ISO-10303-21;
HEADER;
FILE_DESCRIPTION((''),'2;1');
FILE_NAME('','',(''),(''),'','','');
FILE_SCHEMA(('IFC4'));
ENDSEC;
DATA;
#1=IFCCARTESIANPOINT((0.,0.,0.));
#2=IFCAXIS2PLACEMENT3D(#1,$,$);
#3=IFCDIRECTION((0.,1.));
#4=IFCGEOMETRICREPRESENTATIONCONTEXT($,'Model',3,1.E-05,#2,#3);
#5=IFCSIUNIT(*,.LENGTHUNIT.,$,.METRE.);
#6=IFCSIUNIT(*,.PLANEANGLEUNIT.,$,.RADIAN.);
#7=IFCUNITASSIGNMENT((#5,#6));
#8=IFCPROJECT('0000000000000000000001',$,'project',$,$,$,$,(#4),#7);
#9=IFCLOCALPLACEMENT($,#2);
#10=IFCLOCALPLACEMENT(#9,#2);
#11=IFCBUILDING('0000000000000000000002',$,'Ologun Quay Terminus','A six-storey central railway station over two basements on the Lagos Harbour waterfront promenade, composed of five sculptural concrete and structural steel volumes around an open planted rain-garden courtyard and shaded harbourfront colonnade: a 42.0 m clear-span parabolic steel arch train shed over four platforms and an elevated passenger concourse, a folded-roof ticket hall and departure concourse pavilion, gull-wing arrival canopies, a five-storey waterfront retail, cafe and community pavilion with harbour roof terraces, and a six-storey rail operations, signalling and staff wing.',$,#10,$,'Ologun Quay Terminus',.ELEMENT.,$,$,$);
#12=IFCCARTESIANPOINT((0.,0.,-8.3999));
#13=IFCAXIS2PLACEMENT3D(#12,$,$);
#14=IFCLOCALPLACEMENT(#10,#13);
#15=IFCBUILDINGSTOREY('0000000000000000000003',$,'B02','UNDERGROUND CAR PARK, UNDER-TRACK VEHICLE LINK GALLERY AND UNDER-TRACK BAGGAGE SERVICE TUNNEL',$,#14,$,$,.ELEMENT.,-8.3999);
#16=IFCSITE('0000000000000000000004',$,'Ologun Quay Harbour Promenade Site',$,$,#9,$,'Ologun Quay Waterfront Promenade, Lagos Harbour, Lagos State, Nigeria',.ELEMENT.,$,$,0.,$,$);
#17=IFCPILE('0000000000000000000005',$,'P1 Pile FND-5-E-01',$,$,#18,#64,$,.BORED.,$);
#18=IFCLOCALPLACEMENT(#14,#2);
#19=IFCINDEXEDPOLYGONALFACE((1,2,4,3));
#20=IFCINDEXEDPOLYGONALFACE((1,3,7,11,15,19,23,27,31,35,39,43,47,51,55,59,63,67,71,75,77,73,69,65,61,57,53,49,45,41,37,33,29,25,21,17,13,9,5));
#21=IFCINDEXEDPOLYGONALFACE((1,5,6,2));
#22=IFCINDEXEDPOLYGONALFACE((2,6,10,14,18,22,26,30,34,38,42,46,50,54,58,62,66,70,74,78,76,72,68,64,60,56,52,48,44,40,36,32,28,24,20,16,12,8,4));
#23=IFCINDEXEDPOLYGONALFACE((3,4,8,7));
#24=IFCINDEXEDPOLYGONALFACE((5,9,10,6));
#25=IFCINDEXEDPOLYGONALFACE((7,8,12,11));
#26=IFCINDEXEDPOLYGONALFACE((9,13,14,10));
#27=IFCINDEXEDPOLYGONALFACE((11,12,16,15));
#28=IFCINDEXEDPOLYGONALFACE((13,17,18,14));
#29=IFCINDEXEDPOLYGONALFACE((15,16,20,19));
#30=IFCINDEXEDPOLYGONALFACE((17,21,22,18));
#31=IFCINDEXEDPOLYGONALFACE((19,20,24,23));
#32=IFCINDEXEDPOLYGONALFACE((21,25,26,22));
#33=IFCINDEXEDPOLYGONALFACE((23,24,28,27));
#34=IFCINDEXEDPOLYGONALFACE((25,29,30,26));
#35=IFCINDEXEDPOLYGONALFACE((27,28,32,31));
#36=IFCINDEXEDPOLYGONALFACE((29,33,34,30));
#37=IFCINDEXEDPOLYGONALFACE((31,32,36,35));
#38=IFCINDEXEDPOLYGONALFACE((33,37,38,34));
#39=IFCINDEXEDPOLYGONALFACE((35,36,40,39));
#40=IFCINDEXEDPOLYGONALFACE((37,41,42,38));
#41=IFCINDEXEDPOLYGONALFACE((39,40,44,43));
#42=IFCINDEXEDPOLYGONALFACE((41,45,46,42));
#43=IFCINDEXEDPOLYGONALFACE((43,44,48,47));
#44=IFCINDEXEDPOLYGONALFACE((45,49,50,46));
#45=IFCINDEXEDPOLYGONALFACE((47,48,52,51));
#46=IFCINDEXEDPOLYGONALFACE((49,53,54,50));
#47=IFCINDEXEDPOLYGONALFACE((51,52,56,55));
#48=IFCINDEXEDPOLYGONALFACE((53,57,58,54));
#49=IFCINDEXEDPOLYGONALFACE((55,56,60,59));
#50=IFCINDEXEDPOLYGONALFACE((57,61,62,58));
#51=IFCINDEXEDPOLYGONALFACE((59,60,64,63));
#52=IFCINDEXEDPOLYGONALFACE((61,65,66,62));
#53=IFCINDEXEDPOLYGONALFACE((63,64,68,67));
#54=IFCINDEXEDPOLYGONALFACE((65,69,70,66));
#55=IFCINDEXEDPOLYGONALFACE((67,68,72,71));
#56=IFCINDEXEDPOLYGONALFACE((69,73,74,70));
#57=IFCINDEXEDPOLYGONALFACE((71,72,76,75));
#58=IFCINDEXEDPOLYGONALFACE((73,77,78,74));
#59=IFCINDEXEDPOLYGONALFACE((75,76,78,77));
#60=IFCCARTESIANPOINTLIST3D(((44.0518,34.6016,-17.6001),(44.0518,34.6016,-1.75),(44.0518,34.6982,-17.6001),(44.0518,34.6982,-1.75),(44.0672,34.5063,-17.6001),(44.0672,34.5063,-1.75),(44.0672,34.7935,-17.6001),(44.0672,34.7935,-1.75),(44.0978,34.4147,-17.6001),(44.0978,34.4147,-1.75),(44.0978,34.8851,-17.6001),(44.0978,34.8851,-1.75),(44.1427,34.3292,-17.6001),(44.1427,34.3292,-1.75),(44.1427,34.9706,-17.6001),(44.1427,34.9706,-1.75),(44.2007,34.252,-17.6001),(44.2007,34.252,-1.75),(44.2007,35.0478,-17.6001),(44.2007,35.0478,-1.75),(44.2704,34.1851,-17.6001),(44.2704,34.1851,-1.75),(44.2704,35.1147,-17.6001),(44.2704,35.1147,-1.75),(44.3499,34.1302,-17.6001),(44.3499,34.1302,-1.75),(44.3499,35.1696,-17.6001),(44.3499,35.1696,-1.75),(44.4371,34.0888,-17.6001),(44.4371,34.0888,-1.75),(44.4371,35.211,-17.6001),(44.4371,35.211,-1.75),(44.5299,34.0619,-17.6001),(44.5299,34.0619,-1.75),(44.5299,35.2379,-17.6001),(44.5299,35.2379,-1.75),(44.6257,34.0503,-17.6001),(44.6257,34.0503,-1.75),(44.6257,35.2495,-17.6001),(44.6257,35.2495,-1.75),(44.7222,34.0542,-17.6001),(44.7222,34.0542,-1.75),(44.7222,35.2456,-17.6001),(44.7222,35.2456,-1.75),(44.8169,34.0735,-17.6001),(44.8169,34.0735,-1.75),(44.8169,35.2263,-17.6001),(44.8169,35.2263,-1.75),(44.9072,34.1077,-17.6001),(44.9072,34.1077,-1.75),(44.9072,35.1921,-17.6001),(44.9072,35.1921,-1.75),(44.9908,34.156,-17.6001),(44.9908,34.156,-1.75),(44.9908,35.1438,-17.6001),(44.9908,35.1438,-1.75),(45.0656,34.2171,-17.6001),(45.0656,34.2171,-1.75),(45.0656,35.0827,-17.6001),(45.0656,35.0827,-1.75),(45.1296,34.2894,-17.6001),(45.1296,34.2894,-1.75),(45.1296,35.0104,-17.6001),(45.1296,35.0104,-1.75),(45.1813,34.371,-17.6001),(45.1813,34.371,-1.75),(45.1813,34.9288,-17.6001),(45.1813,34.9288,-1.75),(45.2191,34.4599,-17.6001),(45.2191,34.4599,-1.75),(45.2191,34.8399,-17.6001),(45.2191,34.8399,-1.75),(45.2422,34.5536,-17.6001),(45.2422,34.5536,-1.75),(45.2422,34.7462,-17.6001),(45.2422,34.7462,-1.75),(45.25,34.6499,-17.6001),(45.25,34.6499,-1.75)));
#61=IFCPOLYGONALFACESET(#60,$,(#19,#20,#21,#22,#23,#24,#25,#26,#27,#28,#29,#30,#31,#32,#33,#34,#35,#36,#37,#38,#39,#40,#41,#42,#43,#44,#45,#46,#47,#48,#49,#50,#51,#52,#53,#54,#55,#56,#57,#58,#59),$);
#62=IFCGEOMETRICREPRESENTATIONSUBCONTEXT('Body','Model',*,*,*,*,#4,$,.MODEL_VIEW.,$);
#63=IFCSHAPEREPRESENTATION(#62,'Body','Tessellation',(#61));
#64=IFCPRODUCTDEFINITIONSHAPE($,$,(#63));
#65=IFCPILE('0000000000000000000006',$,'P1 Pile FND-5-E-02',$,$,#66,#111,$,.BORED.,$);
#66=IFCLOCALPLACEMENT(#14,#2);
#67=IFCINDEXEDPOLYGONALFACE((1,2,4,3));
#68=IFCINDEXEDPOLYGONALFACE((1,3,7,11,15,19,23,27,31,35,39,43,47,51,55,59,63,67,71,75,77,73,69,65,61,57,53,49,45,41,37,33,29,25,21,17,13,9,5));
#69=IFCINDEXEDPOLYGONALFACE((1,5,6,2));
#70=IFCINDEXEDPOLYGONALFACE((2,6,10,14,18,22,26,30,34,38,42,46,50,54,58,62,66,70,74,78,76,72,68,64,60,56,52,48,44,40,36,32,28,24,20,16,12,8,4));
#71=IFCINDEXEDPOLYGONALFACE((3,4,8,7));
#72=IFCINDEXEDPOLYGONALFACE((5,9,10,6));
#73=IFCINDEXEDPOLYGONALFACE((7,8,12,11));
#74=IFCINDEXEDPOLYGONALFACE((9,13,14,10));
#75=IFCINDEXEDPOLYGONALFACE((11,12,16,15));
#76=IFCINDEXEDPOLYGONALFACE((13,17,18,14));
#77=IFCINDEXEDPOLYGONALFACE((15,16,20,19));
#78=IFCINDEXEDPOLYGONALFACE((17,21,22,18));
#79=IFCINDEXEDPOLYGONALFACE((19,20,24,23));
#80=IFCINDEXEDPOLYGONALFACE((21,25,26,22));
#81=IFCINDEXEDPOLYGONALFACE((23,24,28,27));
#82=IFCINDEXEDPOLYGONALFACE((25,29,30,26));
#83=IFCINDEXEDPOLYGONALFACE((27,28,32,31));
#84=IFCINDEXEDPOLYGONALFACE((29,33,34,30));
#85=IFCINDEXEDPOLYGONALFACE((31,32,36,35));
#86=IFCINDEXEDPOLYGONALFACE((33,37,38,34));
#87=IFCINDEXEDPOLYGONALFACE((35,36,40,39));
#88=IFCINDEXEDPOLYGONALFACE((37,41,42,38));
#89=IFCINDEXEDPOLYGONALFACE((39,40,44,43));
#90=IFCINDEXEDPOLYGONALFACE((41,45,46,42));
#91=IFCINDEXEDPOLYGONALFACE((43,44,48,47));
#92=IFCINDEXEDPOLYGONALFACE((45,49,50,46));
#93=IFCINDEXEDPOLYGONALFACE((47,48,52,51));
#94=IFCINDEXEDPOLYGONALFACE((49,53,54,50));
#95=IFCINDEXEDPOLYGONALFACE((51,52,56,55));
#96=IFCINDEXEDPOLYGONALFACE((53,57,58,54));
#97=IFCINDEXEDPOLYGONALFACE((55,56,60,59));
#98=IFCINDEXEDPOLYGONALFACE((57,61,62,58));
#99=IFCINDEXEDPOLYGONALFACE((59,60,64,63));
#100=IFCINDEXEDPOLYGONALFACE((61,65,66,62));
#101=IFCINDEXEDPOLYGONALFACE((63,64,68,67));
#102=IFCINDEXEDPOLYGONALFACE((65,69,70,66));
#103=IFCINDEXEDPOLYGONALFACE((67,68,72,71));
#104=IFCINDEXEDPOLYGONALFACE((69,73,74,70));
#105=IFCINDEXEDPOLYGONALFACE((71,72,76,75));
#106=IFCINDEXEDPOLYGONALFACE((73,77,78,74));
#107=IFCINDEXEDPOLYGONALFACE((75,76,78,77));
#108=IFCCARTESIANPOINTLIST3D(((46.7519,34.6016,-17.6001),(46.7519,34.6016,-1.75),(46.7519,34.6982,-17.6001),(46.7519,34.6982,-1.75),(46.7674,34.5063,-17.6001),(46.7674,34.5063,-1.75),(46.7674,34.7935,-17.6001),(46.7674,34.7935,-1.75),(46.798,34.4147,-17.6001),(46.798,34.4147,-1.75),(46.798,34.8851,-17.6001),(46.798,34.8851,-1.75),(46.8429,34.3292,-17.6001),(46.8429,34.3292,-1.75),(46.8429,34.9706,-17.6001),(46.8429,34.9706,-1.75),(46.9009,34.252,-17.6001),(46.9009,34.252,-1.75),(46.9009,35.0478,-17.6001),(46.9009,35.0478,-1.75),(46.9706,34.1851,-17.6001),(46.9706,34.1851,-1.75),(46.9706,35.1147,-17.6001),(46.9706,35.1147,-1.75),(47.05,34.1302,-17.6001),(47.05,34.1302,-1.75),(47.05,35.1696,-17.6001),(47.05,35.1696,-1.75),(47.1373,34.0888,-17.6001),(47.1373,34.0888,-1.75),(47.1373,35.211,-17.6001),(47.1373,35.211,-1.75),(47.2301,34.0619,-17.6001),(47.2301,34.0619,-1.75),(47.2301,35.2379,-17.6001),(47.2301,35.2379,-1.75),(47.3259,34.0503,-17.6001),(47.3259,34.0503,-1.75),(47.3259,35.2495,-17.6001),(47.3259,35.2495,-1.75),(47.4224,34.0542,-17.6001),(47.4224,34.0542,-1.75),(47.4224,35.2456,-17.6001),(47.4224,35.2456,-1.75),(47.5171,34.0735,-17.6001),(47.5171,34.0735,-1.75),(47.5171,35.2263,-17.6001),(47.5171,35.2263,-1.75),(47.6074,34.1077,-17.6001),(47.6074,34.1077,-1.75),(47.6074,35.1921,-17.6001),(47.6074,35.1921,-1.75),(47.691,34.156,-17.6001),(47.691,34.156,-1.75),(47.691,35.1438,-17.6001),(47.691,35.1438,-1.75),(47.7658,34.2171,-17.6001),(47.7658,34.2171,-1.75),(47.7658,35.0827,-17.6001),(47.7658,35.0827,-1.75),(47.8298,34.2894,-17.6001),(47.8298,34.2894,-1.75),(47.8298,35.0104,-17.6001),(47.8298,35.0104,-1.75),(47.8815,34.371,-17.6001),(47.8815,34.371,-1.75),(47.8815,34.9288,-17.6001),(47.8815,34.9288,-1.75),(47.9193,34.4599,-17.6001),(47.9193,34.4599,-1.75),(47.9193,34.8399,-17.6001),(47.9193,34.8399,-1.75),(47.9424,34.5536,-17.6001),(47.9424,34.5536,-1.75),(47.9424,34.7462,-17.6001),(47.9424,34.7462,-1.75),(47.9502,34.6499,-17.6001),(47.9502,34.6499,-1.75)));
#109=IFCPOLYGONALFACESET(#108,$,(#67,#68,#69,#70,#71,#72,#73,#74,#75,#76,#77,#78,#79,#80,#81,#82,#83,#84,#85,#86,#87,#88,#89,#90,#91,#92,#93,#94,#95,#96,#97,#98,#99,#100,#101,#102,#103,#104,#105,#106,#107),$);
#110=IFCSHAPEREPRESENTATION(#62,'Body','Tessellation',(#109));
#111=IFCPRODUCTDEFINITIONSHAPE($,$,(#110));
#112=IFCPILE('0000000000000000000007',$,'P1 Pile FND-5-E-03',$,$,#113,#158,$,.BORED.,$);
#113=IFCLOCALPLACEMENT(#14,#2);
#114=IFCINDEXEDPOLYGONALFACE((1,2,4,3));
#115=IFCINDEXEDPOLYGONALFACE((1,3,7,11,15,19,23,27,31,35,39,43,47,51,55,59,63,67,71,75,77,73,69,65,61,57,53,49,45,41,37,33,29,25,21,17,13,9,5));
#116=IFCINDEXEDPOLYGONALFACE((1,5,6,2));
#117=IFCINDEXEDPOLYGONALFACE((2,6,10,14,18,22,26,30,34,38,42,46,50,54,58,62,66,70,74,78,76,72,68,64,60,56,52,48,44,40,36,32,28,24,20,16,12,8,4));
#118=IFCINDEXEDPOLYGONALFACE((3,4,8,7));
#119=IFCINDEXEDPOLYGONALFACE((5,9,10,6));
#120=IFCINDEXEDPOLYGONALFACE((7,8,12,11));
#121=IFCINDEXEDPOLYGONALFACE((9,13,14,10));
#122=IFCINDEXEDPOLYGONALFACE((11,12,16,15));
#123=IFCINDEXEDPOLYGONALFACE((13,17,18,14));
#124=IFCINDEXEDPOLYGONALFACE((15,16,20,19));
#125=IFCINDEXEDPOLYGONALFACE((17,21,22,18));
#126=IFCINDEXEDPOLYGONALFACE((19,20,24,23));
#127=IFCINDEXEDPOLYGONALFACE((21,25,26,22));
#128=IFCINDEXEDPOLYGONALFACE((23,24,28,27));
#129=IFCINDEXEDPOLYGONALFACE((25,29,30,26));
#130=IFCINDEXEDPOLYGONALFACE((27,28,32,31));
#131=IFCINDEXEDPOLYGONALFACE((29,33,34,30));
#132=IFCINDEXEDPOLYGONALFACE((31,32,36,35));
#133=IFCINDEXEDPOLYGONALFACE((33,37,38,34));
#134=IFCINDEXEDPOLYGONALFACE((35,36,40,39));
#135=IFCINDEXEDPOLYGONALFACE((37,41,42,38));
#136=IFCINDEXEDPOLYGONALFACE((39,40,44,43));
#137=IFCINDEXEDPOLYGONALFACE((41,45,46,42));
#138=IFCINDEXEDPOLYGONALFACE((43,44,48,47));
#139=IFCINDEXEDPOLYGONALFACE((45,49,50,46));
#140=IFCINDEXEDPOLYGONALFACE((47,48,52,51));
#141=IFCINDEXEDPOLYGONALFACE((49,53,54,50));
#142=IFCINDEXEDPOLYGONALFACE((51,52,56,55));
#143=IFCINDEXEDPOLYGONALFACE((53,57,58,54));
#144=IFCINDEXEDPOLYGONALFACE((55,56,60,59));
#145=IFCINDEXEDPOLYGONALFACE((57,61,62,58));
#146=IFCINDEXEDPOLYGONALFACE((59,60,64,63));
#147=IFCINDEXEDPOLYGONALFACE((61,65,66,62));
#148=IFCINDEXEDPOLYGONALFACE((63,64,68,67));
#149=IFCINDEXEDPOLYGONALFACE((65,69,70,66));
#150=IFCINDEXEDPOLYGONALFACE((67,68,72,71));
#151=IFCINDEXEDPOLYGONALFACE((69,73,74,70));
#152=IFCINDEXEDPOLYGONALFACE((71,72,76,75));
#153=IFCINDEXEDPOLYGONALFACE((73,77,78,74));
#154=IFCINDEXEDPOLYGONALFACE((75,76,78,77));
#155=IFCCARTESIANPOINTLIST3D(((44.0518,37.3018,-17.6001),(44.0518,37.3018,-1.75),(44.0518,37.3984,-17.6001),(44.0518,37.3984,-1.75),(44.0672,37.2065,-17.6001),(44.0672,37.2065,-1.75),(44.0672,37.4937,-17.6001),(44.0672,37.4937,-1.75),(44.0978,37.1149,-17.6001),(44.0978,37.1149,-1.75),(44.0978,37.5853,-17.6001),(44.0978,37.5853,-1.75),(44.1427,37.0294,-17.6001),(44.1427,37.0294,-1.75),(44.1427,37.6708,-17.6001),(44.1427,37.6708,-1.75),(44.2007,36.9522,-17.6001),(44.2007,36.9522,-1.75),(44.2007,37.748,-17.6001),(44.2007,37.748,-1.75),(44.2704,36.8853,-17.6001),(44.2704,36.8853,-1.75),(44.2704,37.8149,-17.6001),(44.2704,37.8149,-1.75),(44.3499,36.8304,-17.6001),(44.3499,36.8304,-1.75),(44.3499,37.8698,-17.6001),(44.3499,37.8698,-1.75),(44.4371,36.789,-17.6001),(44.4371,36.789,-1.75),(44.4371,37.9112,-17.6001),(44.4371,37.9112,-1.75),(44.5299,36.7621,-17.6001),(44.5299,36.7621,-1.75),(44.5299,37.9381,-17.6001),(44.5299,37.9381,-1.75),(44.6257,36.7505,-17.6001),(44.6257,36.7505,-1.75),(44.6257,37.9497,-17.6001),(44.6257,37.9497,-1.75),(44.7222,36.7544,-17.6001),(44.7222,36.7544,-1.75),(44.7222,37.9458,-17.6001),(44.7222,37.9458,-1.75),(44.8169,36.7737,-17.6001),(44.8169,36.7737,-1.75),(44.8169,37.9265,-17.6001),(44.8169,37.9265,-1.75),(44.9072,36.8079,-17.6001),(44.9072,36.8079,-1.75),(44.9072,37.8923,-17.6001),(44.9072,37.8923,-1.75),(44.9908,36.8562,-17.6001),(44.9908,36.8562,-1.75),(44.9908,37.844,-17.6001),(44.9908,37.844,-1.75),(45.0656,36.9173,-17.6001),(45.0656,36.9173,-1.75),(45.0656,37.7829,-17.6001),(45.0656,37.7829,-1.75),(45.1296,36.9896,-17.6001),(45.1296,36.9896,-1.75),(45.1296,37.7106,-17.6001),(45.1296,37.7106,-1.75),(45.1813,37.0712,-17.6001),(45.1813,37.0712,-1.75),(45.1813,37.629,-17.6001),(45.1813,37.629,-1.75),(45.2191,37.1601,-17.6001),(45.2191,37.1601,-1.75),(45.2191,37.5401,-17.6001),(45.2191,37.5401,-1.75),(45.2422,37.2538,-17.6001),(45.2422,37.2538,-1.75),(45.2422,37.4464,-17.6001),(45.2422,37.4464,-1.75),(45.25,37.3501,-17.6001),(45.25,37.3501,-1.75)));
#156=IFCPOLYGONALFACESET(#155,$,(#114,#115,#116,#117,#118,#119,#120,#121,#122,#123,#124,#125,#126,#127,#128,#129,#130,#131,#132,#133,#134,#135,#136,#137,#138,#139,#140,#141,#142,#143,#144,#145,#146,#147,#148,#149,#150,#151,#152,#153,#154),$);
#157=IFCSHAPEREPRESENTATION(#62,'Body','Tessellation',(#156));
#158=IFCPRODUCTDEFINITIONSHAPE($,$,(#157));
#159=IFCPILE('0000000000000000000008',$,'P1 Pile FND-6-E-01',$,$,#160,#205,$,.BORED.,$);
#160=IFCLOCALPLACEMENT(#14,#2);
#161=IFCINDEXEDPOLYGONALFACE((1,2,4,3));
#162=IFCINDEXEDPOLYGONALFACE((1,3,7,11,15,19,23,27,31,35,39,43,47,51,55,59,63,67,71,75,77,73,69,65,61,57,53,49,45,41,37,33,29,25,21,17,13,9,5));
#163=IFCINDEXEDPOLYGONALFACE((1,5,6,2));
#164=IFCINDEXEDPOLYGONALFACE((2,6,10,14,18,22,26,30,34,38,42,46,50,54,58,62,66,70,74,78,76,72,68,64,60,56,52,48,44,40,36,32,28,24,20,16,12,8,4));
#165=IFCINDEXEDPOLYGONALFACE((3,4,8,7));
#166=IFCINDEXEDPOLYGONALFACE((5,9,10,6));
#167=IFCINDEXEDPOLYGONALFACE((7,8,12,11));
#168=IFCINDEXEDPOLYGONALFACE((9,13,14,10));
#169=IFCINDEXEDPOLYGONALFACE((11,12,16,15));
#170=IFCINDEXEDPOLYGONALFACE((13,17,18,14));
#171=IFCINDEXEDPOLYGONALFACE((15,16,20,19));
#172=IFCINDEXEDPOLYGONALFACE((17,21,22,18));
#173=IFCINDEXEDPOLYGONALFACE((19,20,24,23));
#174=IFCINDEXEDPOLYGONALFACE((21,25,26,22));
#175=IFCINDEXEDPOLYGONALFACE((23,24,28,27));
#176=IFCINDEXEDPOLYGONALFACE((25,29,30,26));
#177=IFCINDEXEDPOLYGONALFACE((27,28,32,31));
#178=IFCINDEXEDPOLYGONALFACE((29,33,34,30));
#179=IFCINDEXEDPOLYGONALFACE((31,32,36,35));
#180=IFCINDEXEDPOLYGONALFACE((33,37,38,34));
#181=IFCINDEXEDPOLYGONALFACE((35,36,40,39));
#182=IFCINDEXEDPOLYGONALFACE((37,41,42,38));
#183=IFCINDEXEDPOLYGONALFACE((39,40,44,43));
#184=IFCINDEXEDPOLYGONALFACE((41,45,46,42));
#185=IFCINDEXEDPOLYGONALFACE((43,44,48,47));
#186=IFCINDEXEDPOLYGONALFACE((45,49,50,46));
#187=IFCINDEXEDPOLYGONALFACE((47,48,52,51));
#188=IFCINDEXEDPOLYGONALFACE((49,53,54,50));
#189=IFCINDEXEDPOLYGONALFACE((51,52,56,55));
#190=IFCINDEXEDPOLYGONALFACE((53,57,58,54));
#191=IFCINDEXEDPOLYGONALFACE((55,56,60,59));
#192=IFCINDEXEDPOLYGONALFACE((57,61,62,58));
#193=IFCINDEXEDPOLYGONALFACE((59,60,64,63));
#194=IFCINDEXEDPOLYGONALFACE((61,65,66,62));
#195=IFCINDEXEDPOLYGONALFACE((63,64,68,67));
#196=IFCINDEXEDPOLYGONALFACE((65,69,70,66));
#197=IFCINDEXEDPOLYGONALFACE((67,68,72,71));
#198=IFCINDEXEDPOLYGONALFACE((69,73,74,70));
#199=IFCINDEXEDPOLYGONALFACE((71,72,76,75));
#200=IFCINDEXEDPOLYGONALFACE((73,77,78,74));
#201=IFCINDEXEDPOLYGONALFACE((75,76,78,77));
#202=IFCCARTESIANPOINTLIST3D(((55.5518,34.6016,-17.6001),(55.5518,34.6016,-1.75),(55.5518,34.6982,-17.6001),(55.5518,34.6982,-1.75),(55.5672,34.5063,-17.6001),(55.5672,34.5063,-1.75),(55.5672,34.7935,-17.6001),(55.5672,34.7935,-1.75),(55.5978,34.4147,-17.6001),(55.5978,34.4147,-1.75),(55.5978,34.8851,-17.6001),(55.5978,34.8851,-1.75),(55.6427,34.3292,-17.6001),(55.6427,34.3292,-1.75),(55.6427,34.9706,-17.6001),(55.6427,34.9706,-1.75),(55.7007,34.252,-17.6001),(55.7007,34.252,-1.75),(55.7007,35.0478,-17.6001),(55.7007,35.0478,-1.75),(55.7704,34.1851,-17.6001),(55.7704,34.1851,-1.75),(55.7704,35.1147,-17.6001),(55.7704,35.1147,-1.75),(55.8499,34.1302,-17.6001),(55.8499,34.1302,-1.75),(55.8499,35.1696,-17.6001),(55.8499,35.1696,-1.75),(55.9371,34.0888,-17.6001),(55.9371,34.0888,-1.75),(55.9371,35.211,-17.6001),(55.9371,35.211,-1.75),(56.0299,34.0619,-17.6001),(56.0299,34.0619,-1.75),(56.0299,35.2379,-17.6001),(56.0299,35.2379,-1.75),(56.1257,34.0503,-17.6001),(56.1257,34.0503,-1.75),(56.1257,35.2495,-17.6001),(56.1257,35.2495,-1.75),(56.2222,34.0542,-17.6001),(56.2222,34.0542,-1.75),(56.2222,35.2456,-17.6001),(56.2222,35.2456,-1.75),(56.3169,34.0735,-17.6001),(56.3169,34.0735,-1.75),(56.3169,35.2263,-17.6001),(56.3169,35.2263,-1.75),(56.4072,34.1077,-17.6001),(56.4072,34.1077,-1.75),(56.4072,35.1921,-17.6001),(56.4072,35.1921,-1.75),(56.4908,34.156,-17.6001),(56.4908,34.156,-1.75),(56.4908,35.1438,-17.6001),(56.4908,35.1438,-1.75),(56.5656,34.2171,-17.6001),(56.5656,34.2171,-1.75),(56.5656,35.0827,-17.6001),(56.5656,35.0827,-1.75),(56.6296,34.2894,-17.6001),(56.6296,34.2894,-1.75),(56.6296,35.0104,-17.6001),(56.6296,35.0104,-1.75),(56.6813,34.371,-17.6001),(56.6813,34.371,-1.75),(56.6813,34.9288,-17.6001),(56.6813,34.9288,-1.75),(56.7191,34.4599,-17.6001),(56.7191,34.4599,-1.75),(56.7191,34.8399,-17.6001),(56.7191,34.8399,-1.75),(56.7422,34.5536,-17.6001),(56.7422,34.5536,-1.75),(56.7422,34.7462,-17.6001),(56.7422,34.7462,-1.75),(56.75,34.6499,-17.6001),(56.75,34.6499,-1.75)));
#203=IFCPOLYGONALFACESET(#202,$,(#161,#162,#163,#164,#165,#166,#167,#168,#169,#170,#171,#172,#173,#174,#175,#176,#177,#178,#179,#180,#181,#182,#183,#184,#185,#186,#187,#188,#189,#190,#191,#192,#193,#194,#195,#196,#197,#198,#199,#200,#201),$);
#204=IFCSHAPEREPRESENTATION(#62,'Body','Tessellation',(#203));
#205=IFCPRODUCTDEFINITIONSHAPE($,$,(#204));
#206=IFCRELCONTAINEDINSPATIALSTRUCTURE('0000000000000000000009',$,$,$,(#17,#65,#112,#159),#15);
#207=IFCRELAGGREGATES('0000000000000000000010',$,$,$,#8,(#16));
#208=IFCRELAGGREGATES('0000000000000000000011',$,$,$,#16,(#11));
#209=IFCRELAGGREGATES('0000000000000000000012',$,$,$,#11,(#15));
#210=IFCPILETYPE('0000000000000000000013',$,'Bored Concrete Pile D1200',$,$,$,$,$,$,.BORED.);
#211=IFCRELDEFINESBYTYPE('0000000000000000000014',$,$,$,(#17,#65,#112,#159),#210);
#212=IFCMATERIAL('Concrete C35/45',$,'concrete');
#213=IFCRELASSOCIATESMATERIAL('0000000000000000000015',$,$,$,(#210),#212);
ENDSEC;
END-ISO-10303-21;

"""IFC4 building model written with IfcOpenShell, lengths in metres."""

from ifc_helpers import new_model, si_unit, direction, frame, origin, origin_2d, place, context, subcontext, project, spatial, circle, extrude, material, material_profile, profile_set, type_object, element, save


model = new_model("IFC4")

# Units and contexts
model_context = context("Model", 3, precision=1e-05, world=origin(), true_north=direction((0.0, 1.0)))
body_context = subcontext(model_context, "Body", "Model", "MODEL_VIEW")
ifc_project = project(units=[si_unit("LENGTHUNIT", "METRE"), si_unit("PLANEANGLEUNIT", "RADIAN")], contexts=[model_context])

# Site, building, storey
site_placement = place(None, origin())
site = spatial("IfcSite", under=ifc_project, at=site_placement, Name="Ologun Quay Harbour Promenade Site", LongName="Ologun Quay Waterfront Promenade, Lagos Harbour, Lagos State, Nigeria", CompositionType="ELEMENT", RefElevation=0.0)
building_placement = place(site_placement, origin())
building = spatial("IfcBuilding", under=site, at=building_placement, Name="Ologun Quay Terminus", Description="A six-storey central railway station over two basements on the Lagos Harbour waterfront promenade, composed of five sculptural concrete and structural steel volumes around an open planted rain-garden courtyard and shaded harbourfront colonnade: a 42.0 m clear-span parabolic steel arch train shed over four platforms and an elevated passenger concourse, a folded-roof ticket hall and departure concourse pavilion, gull-wing arrival canopies, a five-storey waterfront retail, cafe and community pavilion with harbour roof terraces, and a six-storey rail operations, signalling and staff wing.", LongName="Ologun Quay Terminus", CompositionType="ELEMENT")
storey_placement = place(building_placement, frame((0.0, 0.0, -8.3999)))
storey = spatial("IfcBuildingStorey", under=building, at=storey_placement, Name="B02", Description="UNDERGROUND CAR PARK, UNDER-TRACK VEHICLE LINK GALLERY AND UNDER-TRACK BAGGAGE SERVICE TUNNEL", CompositionType="ELEMENT", Elevation=-8.3999)

# Piles
ifc_material_1 = material(Name="Concrete C35/45", Category="concrete")
ifc_material_profile_1 = material_profile(ifc_material_1, circle(Radius=0.6001, at=origin_2d()), Name="PILE D1200")
ifc_profile_set_1 = profile_set([ifc_material_profile_1], Name="Concrete C35/45")
pile_type_1 = type_object("IfcPileType", Name="Bored Concrete Pile D1200", PredefinedType="BORED", material=ifc_profile_set_1)
for number, where, z_axis, x_axis, name in (
    (1, (44.6499, 34.6499, -1.75), (0.0, 0.0, -1.0), (1.0, 0.0, 0.0), "P1 Pile FND-5-E-01"),
    (2, (47.3501, 34.6499, -1.75), (0.0, 0.0, -1.0), (1.0, 0.0, 0.0), "P1 Pile FND-5-E-02"),
    (3, (44.6499, 37.3501, -1.75), (0.0, 0.0, -1.0), (1.0, 0.0, 0.0), "P1 Pile FND-5-E-03"),
    (4, (56.1499, 34.6499, -1.75), (0.0, 0.0, -1.0), (1.0, 0.0, 0.0), "P1 Pile FND-6-E-01"),
):
    element("IfcPile", number, at=place(storey_placement, frame(where, z_axis=z_axis, x_axis=x_axis)), inside=storey, type_object=pile_type_1, Name=name, PredefinedType="BORED", context=body_context, shape_type="SweptSolid", body=[
        extrude(circle(Radius=0.6001, at=origin_2d()), origin(), (0.0, 0.0, 1.0), 15.8501),
    ])

save(model, "model.ifc")
